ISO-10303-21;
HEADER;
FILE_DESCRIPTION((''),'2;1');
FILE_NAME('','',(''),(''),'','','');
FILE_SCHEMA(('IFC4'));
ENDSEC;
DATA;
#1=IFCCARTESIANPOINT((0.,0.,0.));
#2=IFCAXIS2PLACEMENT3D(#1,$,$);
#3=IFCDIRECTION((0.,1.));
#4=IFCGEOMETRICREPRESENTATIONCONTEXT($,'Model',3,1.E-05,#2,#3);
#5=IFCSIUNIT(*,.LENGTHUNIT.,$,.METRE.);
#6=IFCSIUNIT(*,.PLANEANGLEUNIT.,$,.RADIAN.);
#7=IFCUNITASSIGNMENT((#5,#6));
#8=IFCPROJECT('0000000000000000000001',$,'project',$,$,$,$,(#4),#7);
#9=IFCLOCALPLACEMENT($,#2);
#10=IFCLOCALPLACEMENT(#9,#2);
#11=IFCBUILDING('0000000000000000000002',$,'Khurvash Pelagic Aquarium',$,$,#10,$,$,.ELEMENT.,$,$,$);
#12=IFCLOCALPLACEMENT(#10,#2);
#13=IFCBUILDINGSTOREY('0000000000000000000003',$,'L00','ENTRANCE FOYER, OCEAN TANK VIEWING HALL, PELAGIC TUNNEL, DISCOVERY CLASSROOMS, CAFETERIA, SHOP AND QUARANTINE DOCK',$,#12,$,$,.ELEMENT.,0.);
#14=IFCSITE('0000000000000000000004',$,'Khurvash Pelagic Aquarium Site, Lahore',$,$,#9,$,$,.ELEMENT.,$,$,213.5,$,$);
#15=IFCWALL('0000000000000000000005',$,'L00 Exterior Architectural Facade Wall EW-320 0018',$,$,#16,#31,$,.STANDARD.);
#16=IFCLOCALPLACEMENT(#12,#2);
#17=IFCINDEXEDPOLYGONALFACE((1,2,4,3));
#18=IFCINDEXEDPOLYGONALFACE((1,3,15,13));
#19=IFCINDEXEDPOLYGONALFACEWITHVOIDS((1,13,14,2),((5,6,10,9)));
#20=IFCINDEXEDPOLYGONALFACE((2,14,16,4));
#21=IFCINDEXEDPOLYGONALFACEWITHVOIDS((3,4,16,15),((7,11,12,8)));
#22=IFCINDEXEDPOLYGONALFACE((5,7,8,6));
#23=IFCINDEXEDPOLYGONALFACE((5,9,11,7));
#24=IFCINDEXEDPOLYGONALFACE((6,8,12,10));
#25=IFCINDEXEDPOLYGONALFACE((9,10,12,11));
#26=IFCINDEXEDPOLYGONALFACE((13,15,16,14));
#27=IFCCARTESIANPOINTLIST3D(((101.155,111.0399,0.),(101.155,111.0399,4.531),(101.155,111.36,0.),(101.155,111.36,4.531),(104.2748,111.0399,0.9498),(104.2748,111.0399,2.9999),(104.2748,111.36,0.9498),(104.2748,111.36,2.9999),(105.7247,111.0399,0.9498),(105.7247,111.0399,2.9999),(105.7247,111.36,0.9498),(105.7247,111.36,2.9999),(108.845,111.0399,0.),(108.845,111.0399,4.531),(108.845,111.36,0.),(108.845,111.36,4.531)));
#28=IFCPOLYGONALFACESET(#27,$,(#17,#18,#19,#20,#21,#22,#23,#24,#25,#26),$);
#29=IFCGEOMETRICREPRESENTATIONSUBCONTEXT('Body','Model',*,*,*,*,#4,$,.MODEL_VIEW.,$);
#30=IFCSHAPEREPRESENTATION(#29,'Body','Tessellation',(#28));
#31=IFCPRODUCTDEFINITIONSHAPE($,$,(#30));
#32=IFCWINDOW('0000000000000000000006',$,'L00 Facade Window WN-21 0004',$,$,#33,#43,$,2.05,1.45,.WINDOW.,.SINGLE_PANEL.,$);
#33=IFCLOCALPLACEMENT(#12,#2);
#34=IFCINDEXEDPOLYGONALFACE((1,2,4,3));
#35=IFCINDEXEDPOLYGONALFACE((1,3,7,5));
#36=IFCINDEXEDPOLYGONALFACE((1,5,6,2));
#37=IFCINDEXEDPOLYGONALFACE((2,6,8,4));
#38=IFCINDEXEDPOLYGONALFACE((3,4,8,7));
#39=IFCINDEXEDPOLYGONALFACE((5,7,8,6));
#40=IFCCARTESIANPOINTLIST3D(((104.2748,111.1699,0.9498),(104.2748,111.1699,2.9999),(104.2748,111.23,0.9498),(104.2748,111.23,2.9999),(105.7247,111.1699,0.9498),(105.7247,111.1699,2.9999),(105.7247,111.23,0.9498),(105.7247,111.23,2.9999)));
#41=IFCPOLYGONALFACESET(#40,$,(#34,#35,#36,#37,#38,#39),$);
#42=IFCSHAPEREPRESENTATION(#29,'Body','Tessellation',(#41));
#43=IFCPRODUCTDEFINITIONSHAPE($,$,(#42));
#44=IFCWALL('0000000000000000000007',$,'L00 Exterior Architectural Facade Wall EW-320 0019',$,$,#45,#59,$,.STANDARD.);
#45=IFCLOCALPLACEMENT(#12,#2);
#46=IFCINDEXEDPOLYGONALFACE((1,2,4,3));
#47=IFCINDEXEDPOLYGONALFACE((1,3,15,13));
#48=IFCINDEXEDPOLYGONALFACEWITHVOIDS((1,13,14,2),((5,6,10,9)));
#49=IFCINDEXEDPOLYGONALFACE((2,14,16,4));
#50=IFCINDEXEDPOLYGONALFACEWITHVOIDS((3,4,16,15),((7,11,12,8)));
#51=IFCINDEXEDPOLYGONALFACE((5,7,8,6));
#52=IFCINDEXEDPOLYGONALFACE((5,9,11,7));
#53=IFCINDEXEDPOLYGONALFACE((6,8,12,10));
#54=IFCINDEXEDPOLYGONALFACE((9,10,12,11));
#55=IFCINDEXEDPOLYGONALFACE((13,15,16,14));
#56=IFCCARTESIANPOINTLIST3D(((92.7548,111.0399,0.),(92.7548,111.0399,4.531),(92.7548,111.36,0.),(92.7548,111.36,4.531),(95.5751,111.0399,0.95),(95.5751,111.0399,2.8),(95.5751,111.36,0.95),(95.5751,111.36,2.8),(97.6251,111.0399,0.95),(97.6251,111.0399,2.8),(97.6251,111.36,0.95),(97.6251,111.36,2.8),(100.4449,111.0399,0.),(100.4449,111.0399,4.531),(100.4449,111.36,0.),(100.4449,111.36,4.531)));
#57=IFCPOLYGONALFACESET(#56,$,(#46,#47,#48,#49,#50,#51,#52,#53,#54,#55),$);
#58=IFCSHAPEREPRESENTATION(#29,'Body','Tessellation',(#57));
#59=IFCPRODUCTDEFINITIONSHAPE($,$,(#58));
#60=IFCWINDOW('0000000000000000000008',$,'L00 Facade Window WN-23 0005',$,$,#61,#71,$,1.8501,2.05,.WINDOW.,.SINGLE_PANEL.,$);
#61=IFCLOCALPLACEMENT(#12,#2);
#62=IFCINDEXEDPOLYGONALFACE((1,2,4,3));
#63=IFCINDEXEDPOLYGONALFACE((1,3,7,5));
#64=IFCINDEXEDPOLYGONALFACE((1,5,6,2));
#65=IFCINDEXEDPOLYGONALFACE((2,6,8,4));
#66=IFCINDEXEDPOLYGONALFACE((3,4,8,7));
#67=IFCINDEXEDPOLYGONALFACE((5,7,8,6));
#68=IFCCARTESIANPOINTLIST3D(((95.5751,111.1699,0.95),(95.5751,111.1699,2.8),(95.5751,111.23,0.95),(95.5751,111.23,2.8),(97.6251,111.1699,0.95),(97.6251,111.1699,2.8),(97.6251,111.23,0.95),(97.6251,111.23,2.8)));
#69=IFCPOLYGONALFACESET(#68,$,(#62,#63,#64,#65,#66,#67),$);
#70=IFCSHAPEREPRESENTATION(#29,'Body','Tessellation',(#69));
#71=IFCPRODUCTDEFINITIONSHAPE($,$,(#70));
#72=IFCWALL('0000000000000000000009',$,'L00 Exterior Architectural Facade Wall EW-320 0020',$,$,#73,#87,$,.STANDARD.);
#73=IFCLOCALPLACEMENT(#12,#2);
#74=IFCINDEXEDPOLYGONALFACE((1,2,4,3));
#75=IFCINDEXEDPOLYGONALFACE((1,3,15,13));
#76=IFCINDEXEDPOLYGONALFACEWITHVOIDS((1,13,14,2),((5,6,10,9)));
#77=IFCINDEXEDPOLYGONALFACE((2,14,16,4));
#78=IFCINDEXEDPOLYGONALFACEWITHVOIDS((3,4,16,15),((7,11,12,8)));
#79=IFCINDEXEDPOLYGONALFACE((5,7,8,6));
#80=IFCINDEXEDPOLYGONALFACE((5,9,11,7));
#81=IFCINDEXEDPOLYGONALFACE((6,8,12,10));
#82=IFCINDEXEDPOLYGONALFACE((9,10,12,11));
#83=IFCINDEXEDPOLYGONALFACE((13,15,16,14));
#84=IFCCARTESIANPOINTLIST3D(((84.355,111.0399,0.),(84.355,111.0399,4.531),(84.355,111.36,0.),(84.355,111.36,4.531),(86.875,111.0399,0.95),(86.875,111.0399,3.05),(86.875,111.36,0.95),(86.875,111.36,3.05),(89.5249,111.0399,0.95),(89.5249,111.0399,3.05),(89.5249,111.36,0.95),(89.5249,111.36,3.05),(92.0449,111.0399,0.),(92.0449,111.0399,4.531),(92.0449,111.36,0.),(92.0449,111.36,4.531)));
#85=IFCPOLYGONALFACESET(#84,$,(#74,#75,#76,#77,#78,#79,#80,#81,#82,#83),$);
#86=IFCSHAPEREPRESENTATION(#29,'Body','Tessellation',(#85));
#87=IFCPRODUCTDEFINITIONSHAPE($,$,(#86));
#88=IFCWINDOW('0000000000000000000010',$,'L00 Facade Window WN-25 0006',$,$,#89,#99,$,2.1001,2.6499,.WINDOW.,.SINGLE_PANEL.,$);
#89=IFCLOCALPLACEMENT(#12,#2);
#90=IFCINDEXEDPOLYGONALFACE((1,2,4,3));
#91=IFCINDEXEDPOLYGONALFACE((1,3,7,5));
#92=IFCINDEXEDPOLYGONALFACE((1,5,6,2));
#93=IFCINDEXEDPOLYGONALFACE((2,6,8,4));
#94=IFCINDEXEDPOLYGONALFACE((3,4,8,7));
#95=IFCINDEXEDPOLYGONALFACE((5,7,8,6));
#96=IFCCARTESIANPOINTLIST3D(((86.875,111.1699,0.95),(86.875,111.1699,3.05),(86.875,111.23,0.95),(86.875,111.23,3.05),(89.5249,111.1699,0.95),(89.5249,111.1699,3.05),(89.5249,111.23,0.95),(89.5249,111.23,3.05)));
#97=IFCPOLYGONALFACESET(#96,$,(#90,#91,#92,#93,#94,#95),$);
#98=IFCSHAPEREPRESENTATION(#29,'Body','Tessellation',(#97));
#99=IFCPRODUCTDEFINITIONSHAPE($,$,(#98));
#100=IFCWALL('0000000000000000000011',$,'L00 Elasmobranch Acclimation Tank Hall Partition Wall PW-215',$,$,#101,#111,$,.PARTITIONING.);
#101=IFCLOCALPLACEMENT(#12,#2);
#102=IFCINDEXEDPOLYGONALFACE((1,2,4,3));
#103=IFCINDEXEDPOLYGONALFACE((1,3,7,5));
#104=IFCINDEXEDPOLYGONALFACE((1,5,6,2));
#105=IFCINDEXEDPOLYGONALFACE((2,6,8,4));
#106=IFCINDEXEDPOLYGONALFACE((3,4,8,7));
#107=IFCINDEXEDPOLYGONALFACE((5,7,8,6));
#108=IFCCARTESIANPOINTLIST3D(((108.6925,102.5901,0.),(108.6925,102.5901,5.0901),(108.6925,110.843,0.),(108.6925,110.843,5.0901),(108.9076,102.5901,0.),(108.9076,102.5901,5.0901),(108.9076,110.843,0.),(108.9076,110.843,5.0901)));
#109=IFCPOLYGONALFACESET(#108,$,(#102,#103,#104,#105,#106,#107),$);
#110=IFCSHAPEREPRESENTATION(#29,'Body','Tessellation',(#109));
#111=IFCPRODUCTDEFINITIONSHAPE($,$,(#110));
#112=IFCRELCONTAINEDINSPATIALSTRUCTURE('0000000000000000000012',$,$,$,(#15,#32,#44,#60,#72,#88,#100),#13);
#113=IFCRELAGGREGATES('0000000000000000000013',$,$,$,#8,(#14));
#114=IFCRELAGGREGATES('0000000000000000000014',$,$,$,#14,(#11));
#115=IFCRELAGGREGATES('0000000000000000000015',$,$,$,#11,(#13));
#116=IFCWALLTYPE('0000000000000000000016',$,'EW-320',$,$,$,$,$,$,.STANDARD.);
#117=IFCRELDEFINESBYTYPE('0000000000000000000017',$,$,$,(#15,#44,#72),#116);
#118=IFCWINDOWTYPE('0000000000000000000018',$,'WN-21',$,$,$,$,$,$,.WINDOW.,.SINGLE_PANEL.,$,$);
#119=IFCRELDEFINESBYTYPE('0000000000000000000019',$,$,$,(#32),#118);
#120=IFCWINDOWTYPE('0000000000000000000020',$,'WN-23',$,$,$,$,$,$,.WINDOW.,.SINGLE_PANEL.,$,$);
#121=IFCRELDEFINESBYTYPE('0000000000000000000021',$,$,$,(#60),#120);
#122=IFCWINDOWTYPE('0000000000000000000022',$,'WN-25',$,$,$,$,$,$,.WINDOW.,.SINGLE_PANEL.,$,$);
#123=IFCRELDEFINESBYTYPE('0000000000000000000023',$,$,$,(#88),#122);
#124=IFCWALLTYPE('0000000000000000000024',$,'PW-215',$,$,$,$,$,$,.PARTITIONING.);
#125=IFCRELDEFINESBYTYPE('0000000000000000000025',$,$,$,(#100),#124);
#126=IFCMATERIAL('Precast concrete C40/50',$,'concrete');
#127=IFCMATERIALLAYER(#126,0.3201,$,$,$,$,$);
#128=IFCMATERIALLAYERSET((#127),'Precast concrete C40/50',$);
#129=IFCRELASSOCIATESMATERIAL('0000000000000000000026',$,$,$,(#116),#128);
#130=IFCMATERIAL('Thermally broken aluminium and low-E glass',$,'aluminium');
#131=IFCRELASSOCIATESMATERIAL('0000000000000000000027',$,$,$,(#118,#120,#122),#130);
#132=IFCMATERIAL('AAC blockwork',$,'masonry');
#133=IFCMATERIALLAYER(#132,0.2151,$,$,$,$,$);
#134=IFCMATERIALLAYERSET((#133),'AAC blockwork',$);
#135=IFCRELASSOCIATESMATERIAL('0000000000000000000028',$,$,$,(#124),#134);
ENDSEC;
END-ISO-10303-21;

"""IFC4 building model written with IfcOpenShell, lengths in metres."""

from ifc_helpers import new_model, si_unit, direction, frame, frame_2d, origin, place, context, subcontext, project, spatial, rectangle, extrude, material, layer, layer_set, type_object, element, fill, save


model = new_model("IFC4")

# Units and contexts
model_context = context("Model", 3, precision=1e-05, world=origin(), true_north=direction((0.0, 1.0)))
body_context = subcontext(model_context, "Body", "Model", "MODEL_VIEW")
ifc_project = project(units=[si_unit("LENGTHUNIT", "METRE"), si_unit("PLANEANGLEUNIT", "RADIAN")], contexts=[model_context])

# Site, building, storey
site_placement = place(None, origin())
site = spatial("IfcSite", under=ifc_project, at=site_placement, Name="Khurvash Pelagic Aquarium Site, Lahore", CompositionType="ELEMENT", RefElevation=213.5)
building_placement = place(site_placement, origin())
building = spatial("IfcBuilding", under=site, at=building_placement, Name="Khurvash Pelagic Aquarium", CompositionType="ELEMENT")
storey_placement = place(building_placement, origin())
storey = spatial("IfcBuildingStorey", under=building, at=storey_placement, Name="L00", Description="ENTRANCE FOYER, OCEAN TANK VIEWING HALL, PELAGIC TUNNEL, DISCOVERY CLASSROOMS, CAFETERIA, SHOP AND QUARANTINE DOCK", CompositionType="ELEMENT", Elevation=0.0)

# Walls, openings, windows
ifc_material_1 = material(Name="Precast concrete C40/50", Category="concrete")
ifc_layer_1 = layer(ifc_material_1, 0.3201)
ifc_layer_set_1 = layer_set([ifc_layer_1], Name="Precast concrete C40/50")
wall_type_1 = type_object("IfcWallType", Name="EW-320", PredefinedType="STANDARD", material=ifc_layer_set_1)
wall_1_placement = place(storey_placement, frame((108.845, 111.2, 0.0), z_axis=(0.0, 0.0, 1.0), x_axis=(-1.0, 0.0, 0.0)))
wall_1 = element("IfcWall", 1, at=wall_1_placement, inside=storey, type_object=wall_type_1, Name="L00 Exterior Architectural Facade Wall EW-320 0018", PredefinedType="STANDARD", context=body_context, shape_type="SweptSolid", body=[
    extrude(rectangle(XDim=7.6899, YDim=0.3201, at=frame_2d((3.845, 0.0))), origin(), (0.0, 0.0, 1.0), 4.531),
])
opening_1_placement = place(wall_1_placement, frame((3.1201, 0.0, 0.95)))
opening_1 = element("IfcOpeningElement", 2, at=opening_1_placement, cuts=wall_1, PredefinedType="OPENING", context=body_context, shape_type="SweptSolid", body=[
    extrude(rectangle(XDim=1.45, YDim=2.05, at=frame_2d((0.7251, 1.0249))), frame((0.0, 0.1699, 0.0), z_axis=(0.0, -1.0, 0.0), x_axis=(1.0, 0.0, 0.0)), (0.0, 0.0, 1.0), 0.3401),
])
ifc_material_2 = material(Name="Thermally broken aluminium and low-E glass", Category="aluminium")
window_type_1 = type_object("IfcWindowType", Name="WN-21", PartitioningType="SINGLE_PANEL", PredefinedType="WINDOW", material=ifc_material_2)
window_1_placement = place(opening_1_placement, origin())
window_1 = element("IfcWindow", 3, at=window_1_placement, inside=storey, type_object=window_type_1, Name="L00 Facade Window WN-21 0004", OverallHeight=2.05, OverallWidth=1.45, PartitioningType="SINGLE_PANEL", PredefinedType="WINDOW", context=body_context, shape_type="SweptSolid", body=[
    extrude(rectangle(XDim=1.45, YDim=2.05, at=frame_2d((0.7251, 1.0249))), frame((0.0, 0.03, 0.0), z_axis=(0.0, -1.0, 0.0), x_axis=(1.0, 0.0, 0.0)), (0.0, 0.0, 1.0), 0.0601),
])
fill(opening_1, window_1)
wall_2_placement = place(storey_placement, frame((100.4451, 111.2, 0.0), z_axis=(0.0, 0.0, 1.0), x_axis=(-1.0, 0.0, 0.0)))
wall_2 = element("IfcWall", 4, at=wall_2_placement, inside=storey, type_object=wall_type_1, Name="L00 Exterior Architectural Facade Wall EW-320 0019", PredefinedType="STANDARD", context=body_context, shape_type="SweptSolid", body=[
    extrude(rectangle(XDim=7.6902, YDim=0.3201, at=frame_2d((3.8452, 0.0))), origin(), (0.0, 0.0, 1.0), 4.531),
])
opening_2_placement = place(wall_2_placement, frame((2.8201, 0.0, 0.95)))
opening_2 = element("IfcOpeningElement", 5, at=opening_2_placement, cuts=wall_2, PredefinedType="OPENING", context=body_context, shape_type="SweptSolid", body=[
    extrude(rectangle(XDim=2.05, YDim=1.8501, at=frame_2d((1.0249, 0.925))), frame((0.0, 0.1699, 0.0), z_axis=(0.0, -1.0, 0.0), x_axis=(1.0, 0.0, 0.0)), (0.0, 0.0, 1.0), 0.3401),
])
window_type_2 = type_object("IfcWindowType", Name="WN-23", PartitioningType="SINGLE_PANEL", PredefinedType="WINDOW", material=ifc_material_2)
window_2_placement = place(opening_2_placement, origin())
window_2 = element("IfcWindow", 6, at=window_2_placement, inside=storey, type_object=window_type_2, Name="L00 Facade Window WN-23 0005", OverallHeight=1.8501, OverallWidth=2.05, PartitioningType="SINGLE_PANEL", PredefinedType="WINDOW", context=body_context, shape_type="SweptSolid", body=[
    extrude(rectangle(XDim=2.05, YDim=1.8501, at=frame_2d((1.0249, 0.925))), frame((0.0, 0.03, 0.0), z_axis=(0.0, -1.0, 0.0), x_axis=(1.0, 0.0, 0.0)), (0.0, 0.0, 1.0), 0.0601),
])
fill(opening_2, window_2)
wall_3_placement = place(storey_placement, frame((92.0449, 111.2, 0.0), z_axis=(0.0, 0.0, 1.0), x_axis=(-1.0, 0.0, 0.0)))
wall_3 = element("IfcWall", 7, at=wall_3_placement, inside=storey, type_object=wall_type_1, Name="L00 Exterior Architectural Facade Wall EW-320 0020", PredefinedType="STANDARD", context=body_context, shape_type="SweptSolid", body=[
    extrude(rectangle(XDim=7.6899, YDim=0.3201, at=frame_2d((3.845, 0.0))), origin(), (0.0, 0.0, 1.0), 4.531),
])
opening_3_placement = place(wall_3_placement, frame((2.52, 0.0, 0.95)))
opening_3 = element("IfcOpeningElement", 8, at=opening_3_placement, cuts=wall_3, PredefinedType="OPENING", context=body_context, shape_type="SweptSolid", body=[
    extrude(rectangle(XDim=2.6499, YDim=2.1001, at=frame_2d((1.325, 1.05))), frame((0.0, 0.1699, 0.0), z_axis=(0.0, -1.0, 0.0), x_axis=(1.0, 0.0, 0.0)), (0.0, 0.0, 1.0), 0.3401),
])
window_type_3 = type_object("IfcWindowType", Name="WN-25", PartitioningType="SINGLE_PANEL", PredefinedType="WINDOW", material=ifc_material_2)
window_3_placement = place(opening_3_placement, origin())
window_3 = element("IfcWindow", 9, at=window_3_placement, inside=storey, type_object=window_type_3, Name="L00 Facade Window WN-25 0006", OverallHeight=2.1001, OverallWidth=2.6499, PartitioningType="SINGLE_PANEL", PredefinedType="WINDOW", context=body_context, shape_type="SweptSolid", body=[
    extrude(rectangle(XDim=2.6499, YDim=2.1001, at=frame_2d((1.325, 1.05))), frame((0.0, 0.03, 0.0), z_axis=(0.0, -1.0, 0.0), x_axis=(1.0, 0.0, 0.0)), (0.0, 0.0, 1.0), 0.0601),
])
fill(opening_3, window_3)

# Wall
ifc_material_3 = material(Name="AAC blockwork", Category="masonry")
ifc_layer_2 = layer(ifc_material_3, 0.2151)
ifc_layer_set_2 = layer_set([ifc_layer_2], Name="AAC blockwork")
wall_type_2 = type_object("IfcWallType", Name="PW-215", PredefinedType="PARTITIONING", material=ifc_layer_set_2)
wall_4_placement = place(storey_placement, frame((108.8, 102.5901, 0.0), z_axis=(0.0, 0.0, 1.0), x_axis=(0.0, 1.0, 0.0)))
element("IfcWall", 10, at=wall_4_placement, inside=storey, type_object=wall_type_2, Name="L00 Elasmobranch Acclimation Tank Hall Partition Wall PW-215", PredefinedType="PARTITIONING", context=body_context, shape_type="SweptSolid", body=[
    extrude(rectangle(XDim=8.2529, YDim=0.2151, at=frame_2d((4.1265, 0.0))), origin(), (0.0, 0.0, 1.0), 5.0901),
])

save(model, "model.ifc")
